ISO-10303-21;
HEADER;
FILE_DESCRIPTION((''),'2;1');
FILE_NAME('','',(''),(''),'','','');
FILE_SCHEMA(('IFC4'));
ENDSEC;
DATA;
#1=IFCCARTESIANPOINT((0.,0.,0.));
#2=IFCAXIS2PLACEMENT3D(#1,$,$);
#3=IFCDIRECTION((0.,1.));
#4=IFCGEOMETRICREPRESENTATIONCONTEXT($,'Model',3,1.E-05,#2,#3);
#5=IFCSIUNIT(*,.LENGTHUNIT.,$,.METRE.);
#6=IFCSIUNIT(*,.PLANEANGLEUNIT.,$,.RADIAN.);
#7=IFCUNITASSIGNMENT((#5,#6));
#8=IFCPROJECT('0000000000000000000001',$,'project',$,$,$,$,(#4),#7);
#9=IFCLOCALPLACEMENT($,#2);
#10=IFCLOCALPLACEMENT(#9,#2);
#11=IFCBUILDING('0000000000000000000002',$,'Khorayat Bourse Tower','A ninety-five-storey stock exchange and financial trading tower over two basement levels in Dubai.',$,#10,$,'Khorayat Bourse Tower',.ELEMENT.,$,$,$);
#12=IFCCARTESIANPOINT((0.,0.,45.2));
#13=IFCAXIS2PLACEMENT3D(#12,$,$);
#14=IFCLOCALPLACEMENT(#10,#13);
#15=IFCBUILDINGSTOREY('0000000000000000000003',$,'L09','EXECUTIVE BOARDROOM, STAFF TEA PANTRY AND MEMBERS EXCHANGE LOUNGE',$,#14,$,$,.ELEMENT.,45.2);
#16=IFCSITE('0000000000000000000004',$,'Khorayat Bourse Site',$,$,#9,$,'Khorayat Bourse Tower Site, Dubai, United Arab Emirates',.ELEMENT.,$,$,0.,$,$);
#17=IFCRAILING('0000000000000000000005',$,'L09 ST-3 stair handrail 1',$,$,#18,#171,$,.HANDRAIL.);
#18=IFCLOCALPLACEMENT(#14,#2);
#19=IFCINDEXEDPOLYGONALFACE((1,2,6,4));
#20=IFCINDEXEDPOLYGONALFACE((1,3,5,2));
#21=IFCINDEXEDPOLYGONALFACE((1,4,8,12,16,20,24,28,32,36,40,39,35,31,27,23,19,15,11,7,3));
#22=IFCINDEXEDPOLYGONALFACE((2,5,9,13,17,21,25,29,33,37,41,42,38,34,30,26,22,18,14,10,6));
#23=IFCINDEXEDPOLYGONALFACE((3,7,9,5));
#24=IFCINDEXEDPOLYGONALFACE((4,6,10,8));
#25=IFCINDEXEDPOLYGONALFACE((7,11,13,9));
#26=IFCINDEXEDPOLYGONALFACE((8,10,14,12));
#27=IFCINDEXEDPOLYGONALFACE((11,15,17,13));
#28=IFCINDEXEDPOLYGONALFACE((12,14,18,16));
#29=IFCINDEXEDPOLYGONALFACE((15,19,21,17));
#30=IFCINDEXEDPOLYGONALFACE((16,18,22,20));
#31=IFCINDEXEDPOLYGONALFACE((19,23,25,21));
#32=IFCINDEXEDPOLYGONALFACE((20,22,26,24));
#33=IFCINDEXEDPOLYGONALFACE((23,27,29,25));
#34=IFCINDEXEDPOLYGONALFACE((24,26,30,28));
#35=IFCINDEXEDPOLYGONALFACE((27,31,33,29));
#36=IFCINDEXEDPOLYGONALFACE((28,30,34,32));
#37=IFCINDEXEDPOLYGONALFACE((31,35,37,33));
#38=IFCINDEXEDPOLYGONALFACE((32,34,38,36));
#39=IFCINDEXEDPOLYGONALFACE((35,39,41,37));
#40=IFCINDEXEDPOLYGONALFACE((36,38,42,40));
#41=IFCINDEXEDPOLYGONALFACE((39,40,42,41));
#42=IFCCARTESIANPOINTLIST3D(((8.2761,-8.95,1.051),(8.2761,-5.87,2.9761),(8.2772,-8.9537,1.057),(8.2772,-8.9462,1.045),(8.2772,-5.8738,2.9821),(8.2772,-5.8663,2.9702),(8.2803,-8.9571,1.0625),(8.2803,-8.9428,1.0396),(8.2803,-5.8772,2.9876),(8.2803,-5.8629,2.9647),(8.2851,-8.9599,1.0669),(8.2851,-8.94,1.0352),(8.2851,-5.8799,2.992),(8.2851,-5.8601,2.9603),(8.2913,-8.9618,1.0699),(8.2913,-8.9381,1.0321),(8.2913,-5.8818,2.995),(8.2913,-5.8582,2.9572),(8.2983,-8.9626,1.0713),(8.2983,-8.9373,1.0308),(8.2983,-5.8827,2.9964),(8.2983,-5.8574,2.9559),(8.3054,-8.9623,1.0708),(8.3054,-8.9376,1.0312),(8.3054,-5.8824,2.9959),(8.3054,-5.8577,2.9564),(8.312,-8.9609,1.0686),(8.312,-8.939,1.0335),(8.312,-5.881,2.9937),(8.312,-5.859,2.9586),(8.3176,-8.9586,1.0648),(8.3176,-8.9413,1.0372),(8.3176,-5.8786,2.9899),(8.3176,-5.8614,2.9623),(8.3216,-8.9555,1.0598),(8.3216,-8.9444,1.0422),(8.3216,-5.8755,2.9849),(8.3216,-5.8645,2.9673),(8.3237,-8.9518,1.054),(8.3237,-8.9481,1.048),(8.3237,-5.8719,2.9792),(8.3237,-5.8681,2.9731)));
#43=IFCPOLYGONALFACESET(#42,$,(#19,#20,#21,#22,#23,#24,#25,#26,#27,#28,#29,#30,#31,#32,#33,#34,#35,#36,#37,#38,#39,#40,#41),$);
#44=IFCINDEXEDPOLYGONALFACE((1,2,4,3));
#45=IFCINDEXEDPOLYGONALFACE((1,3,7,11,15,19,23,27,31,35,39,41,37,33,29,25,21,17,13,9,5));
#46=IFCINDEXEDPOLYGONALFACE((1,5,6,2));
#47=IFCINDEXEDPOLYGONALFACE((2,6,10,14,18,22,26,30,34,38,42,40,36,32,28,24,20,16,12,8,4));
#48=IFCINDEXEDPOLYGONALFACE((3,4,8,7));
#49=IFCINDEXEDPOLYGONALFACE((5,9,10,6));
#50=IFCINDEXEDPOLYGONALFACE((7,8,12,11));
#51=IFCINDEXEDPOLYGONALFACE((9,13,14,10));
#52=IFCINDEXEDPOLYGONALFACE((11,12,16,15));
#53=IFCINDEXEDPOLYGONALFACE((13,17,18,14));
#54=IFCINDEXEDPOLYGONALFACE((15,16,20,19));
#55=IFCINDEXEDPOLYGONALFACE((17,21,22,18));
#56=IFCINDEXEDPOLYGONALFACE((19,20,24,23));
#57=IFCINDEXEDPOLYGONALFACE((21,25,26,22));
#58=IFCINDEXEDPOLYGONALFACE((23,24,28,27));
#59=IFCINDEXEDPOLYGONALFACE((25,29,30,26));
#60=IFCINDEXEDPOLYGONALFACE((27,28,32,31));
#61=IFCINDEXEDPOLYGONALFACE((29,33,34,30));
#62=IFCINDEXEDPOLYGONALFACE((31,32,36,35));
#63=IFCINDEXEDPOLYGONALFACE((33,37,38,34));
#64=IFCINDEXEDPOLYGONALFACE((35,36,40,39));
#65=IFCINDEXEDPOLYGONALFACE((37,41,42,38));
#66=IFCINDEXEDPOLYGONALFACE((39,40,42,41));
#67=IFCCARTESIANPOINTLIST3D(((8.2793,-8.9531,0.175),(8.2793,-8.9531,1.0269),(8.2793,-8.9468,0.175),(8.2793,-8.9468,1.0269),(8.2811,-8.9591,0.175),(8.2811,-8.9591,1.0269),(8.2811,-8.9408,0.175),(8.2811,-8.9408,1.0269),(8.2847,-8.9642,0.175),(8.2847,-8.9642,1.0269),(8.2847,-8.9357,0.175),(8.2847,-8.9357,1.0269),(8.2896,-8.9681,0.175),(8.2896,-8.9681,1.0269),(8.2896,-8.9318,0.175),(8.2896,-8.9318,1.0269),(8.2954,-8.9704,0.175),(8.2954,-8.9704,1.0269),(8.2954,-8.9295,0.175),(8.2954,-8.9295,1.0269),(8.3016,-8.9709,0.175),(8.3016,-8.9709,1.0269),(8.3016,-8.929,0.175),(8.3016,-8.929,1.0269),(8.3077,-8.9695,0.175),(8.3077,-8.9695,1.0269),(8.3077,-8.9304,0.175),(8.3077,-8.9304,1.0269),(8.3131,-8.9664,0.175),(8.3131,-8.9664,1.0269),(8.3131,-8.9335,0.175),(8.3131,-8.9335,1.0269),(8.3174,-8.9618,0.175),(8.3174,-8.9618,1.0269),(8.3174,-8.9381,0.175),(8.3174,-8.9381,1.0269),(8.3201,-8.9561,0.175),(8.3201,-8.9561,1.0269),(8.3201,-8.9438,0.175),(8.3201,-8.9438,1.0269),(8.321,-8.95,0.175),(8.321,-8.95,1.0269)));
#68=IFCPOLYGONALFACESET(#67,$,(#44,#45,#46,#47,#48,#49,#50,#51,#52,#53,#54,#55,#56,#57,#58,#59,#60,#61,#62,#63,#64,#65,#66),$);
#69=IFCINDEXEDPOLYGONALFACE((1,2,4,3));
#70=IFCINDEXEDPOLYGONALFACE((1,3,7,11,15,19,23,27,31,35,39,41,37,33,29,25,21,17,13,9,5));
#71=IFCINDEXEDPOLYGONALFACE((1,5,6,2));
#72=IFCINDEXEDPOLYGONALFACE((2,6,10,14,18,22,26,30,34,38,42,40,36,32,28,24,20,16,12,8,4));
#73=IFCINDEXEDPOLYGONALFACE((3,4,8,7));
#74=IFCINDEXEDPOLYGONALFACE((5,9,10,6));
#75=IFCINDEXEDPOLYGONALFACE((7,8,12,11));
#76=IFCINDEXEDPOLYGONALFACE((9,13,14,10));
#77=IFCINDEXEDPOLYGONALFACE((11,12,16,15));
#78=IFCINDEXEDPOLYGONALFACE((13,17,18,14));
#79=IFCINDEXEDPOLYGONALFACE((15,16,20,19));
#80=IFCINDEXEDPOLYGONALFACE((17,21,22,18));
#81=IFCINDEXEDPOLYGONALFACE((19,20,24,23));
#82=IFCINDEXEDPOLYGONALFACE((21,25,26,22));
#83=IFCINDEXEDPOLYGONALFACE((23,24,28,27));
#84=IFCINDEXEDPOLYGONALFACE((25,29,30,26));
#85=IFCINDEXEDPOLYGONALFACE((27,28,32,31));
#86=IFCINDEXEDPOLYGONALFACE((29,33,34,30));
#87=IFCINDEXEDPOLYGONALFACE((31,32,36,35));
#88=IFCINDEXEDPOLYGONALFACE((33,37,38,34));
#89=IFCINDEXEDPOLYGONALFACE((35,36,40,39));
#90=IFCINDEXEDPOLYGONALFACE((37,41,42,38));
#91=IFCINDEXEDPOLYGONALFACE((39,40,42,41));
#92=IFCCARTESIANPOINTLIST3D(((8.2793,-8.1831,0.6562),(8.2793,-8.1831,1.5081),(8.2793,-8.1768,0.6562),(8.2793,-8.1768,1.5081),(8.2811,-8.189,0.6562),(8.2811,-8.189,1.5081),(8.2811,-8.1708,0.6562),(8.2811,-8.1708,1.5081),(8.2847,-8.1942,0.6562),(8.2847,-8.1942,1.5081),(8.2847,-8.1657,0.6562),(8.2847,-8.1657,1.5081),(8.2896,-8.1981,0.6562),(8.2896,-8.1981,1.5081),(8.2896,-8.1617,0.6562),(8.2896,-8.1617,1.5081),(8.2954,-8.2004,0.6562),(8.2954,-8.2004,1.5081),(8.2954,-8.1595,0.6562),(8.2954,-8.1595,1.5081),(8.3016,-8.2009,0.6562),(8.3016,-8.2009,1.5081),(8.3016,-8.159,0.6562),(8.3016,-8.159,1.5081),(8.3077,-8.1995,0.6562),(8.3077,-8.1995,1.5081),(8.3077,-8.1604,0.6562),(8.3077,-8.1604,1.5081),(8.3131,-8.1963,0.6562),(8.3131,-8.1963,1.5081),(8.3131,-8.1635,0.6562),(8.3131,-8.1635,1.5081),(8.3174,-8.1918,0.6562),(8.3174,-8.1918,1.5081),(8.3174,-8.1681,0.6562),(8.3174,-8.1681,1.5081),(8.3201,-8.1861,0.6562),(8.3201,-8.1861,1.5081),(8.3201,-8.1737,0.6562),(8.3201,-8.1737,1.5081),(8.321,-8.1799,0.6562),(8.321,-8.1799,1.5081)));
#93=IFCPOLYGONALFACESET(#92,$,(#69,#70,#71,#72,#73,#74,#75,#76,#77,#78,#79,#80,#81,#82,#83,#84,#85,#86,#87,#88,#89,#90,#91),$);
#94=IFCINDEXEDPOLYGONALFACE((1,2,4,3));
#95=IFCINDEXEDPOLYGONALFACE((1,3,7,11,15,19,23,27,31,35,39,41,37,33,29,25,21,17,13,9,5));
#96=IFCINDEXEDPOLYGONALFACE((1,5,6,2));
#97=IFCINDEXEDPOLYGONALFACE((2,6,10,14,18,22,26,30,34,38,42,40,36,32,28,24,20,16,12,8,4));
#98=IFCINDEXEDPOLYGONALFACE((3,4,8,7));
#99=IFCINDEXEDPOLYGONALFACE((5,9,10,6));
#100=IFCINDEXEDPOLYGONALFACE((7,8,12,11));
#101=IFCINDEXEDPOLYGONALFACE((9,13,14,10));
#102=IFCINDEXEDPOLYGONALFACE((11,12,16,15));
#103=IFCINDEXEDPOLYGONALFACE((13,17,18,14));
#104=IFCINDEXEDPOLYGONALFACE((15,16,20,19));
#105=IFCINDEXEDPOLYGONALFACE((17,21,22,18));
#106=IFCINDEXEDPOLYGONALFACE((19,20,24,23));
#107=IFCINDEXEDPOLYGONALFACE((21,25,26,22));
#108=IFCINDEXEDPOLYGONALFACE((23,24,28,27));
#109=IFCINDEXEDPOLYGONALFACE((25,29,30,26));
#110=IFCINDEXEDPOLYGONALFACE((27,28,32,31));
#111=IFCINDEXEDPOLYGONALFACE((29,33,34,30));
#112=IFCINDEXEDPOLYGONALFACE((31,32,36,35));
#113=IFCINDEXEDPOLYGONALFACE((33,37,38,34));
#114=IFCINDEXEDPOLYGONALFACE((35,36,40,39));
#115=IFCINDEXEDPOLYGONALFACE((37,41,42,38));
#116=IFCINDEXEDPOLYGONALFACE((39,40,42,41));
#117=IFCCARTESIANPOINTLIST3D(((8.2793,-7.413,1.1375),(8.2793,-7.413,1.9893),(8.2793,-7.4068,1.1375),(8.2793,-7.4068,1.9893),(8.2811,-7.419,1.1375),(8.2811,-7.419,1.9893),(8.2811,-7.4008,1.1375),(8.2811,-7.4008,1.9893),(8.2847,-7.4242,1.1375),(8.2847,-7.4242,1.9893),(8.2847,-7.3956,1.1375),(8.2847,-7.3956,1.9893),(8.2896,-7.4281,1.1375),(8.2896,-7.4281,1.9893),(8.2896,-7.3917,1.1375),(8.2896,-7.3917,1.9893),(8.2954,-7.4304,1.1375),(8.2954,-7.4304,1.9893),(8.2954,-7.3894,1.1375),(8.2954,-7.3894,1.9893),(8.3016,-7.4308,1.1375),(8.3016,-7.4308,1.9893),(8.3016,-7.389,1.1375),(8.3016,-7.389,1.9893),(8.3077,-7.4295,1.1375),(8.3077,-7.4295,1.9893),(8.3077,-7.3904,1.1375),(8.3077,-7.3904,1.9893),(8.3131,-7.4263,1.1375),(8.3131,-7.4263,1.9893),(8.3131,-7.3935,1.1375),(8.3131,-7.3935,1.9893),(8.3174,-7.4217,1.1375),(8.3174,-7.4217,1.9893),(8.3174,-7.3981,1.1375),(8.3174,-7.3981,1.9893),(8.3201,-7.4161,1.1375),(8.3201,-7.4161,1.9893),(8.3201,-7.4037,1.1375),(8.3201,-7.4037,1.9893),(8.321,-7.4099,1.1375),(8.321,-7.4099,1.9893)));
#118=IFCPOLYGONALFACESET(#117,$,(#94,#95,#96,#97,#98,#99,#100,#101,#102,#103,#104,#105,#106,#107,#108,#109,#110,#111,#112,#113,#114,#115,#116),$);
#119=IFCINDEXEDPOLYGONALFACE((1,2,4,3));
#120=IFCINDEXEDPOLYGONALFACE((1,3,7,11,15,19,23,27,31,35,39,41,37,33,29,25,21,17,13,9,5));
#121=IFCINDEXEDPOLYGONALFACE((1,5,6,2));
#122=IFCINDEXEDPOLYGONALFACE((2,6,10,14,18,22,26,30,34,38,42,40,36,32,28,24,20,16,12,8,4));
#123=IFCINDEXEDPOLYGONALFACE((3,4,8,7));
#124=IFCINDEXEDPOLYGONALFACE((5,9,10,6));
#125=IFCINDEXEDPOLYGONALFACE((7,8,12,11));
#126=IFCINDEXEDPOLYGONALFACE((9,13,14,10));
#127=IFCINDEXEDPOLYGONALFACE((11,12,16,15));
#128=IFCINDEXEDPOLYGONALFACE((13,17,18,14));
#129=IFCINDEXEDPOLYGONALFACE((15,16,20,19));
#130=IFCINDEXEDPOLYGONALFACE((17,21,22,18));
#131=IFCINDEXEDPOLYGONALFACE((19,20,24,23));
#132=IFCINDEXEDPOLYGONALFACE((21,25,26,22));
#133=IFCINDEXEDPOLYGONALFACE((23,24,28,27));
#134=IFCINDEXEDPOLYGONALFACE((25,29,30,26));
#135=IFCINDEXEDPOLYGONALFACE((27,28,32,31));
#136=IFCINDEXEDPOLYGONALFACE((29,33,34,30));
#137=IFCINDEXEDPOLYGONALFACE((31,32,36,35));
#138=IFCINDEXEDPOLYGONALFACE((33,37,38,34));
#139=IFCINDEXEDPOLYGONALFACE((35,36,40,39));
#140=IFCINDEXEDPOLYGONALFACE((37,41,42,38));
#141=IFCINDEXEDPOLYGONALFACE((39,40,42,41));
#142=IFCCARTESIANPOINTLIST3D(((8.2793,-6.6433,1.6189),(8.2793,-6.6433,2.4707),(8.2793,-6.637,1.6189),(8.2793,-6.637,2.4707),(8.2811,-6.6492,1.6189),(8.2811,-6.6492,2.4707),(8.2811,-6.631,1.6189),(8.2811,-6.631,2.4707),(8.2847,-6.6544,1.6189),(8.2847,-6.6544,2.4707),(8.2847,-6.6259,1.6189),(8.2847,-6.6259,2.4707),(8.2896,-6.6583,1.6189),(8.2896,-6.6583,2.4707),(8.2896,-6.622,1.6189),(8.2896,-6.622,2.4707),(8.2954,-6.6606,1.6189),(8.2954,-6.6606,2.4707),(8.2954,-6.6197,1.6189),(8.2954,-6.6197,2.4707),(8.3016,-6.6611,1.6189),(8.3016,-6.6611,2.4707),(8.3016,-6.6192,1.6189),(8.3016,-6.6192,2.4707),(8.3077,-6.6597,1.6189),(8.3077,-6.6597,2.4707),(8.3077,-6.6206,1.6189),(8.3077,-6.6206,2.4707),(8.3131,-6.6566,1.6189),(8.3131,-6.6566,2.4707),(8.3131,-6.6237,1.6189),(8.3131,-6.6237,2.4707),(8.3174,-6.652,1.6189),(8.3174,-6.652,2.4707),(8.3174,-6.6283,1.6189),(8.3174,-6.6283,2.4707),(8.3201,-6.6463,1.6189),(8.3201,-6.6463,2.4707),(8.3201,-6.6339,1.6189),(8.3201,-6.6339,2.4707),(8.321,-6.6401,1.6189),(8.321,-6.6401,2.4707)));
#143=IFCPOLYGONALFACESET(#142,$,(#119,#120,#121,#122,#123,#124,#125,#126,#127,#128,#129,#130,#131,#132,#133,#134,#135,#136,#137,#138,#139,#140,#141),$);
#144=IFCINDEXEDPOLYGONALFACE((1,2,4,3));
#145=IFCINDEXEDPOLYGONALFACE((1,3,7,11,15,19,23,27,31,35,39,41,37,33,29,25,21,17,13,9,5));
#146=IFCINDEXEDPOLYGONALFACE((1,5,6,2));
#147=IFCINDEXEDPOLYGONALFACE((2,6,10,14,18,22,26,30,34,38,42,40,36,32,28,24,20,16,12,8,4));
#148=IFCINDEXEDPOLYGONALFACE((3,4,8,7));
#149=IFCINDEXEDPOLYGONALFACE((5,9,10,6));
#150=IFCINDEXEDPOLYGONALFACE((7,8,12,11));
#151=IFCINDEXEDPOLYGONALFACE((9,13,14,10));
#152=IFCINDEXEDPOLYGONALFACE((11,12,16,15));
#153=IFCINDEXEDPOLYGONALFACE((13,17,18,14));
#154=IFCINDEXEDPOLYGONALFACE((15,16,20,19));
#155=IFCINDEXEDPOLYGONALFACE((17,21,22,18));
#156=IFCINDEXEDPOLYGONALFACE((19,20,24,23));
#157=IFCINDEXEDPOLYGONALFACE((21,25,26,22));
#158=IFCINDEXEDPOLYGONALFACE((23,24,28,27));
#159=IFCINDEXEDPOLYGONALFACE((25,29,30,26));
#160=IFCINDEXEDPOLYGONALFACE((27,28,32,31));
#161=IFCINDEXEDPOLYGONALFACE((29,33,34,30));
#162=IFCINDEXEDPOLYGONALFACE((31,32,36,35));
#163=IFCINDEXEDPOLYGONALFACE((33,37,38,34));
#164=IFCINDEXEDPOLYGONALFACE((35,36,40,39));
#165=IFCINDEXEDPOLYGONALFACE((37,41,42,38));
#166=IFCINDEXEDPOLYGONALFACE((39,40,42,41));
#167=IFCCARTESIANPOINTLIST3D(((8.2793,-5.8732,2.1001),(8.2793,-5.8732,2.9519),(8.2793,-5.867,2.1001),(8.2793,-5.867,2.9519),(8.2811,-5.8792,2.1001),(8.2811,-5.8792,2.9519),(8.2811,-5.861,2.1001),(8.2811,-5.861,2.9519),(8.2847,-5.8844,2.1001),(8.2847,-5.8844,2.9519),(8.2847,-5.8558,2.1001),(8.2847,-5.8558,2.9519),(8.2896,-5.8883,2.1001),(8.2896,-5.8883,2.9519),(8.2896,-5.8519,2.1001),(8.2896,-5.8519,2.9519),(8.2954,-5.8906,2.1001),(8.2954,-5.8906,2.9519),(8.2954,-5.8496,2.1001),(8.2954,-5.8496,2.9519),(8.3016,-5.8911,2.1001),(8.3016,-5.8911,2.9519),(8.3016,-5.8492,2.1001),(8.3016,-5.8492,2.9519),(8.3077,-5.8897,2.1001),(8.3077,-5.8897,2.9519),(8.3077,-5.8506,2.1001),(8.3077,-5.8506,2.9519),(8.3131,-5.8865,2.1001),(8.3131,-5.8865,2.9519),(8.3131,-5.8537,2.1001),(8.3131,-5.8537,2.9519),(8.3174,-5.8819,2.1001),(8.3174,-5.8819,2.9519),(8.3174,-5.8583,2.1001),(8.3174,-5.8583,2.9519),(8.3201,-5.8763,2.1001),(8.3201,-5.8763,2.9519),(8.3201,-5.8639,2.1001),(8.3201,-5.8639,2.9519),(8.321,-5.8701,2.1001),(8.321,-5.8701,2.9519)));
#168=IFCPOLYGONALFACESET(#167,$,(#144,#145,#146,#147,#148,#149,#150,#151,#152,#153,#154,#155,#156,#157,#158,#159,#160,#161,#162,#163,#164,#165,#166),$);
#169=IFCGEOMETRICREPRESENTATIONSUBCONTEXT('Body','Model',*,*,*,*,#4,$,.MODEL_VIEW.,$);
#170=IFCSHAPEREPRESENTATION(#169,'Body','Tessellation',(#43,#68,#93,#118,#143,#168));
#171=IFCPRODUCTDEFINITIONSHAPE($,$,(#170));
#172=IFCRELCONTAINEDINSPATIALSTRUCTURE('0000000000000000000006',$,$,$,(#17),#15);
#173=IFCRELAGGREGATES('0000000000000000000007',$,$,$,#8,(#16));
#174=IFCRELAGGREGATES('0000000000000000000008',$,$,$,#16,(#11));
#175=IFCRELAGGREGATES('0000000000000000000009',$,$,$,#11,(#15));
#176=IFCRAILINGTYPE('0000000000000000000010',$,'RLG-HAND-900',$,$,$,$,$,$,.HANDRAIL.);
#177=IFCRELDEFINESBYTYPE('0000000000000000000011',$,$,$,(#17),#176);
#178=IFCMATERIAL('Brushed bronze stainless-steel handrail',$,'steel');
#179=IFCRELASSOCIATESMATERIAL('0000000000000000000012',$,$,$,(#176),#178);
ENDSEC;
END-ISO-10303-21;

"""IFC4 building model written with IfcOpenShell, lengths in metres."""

from ifc_helpers import new_model, si_unit, direction, frame, origin, origin_2d, place, context, subcontext, project, spatial, circle, extrude, source, transform, mapped, material, type_object, element, save


model = new_model("IFC4")

# Units and contexts
model_context = context("Model", 3, precision=1e-05, world=origin(), true_north=direction((0.0, 1.0)))
body_context = subcontext(model_context, "Body", "Model", "MODEL_VIEW")
ifc_project = project(units=[si_unit("LENGTHUNIT", "METRE"), si_unit("PLANEANGLEUNIT", "RADIAN")], contexts=[model_context])

# Site, building, storey
site_placement = place(None, origin())
site = spatial("IfcSite", under=ifc_project, at=site_placement, Name="Khorayat Bourse Site", LongName="Khorayat Bourse Tower Site, Dubai, United Arab Emirates", CompositionType="ELEMENT", RefElevation=0.0)
building_placement = place(site_placement, origin())
building = spatial("IfcBuilding", under=site, at=building_placement, Name="Khorayat Bourse Tower", Description="A ninety-five-storey stock exchange and financial trading tower over two basement levels in Dubai.", LongName="Khorayat Bourse Tower", CompositionType="ELEMENT")
storey_placement = place(building_placement, frame((0.0, 0.0, 45.2)))
storey = spatial("IfcBuildingStorey", under=building, at=storey_placement, Name="L09", Description="EXECUTIVE BOARDROOM, STAFF TEA PANTRY AND MEMBERS EXCHANGE LOUNGE", CompositionType="ELEMENT", Elevation=45.2)

# Railing
ifc_material_1 = material(Name="Brushed bronze stainless-steel handrail", Category="steel")
railing_type_1 = type_object("IfcRailingType", Name="RLG-HAND-900", PredefinedType="HANDRAIL", material=ifc_material_1)
shared_shape_1 = source(origin(), body_context, "Body", "SweptSolid", [
    extrude(circle(Radius=0.0239, at=origin_2d()), frame((0.0, 0.0, 0.876), z_axis=(0.0, 0.847979, 0.530029), x_axis=(-1.0, 0.0, 0.0)), (0.0, 0.0, 1.0), 3.6321),
    extrude(circle(Radius=0.021, at=origin_2d()), origin(), (0.0, 0.0, 1.0), 0.8518),
    extrude(circle(Radius=0.021, at=origin_2d()), frame((0.0, 0.77, 0.4812)), (0.0, 0.0, 1.0), 0.8518),
    extrude(circle(Radius=0.021, at=origin_2d()), frame((0.0, 1.54, 0.9624)), (0.0, 0.0, 1.0), 0.8518),
    extrude(circle(Radius=0.021, at=origin_2d()), frame((0.0, 2.3098, 1.4438)), (0.0, 0.0, 1.0), 0.8518),
    extrude(circle(Radius=0.021, at=origin_2d()), frame((0.0, 3.0798, 1.925)), (0.0, 0.0, 1.0), 0.8518),
])
railing_1_placement = place(storey_placement, frame((8.3, -8.95, 0.175)))
element("IfcRailing", 1, at=railing_1_placement, inside=storey, type_object=railing_type_1, Name="L09 ST-3 stair handrail 1", PredefinedType="HANDRAIL", context=body_context, shape_type="MappedRepresentation", body=[
    mapped(shared_shape_1, transform((0.0, 0.0, 0.0), scale=1.0)),
])

save(model, "model.ifc")
